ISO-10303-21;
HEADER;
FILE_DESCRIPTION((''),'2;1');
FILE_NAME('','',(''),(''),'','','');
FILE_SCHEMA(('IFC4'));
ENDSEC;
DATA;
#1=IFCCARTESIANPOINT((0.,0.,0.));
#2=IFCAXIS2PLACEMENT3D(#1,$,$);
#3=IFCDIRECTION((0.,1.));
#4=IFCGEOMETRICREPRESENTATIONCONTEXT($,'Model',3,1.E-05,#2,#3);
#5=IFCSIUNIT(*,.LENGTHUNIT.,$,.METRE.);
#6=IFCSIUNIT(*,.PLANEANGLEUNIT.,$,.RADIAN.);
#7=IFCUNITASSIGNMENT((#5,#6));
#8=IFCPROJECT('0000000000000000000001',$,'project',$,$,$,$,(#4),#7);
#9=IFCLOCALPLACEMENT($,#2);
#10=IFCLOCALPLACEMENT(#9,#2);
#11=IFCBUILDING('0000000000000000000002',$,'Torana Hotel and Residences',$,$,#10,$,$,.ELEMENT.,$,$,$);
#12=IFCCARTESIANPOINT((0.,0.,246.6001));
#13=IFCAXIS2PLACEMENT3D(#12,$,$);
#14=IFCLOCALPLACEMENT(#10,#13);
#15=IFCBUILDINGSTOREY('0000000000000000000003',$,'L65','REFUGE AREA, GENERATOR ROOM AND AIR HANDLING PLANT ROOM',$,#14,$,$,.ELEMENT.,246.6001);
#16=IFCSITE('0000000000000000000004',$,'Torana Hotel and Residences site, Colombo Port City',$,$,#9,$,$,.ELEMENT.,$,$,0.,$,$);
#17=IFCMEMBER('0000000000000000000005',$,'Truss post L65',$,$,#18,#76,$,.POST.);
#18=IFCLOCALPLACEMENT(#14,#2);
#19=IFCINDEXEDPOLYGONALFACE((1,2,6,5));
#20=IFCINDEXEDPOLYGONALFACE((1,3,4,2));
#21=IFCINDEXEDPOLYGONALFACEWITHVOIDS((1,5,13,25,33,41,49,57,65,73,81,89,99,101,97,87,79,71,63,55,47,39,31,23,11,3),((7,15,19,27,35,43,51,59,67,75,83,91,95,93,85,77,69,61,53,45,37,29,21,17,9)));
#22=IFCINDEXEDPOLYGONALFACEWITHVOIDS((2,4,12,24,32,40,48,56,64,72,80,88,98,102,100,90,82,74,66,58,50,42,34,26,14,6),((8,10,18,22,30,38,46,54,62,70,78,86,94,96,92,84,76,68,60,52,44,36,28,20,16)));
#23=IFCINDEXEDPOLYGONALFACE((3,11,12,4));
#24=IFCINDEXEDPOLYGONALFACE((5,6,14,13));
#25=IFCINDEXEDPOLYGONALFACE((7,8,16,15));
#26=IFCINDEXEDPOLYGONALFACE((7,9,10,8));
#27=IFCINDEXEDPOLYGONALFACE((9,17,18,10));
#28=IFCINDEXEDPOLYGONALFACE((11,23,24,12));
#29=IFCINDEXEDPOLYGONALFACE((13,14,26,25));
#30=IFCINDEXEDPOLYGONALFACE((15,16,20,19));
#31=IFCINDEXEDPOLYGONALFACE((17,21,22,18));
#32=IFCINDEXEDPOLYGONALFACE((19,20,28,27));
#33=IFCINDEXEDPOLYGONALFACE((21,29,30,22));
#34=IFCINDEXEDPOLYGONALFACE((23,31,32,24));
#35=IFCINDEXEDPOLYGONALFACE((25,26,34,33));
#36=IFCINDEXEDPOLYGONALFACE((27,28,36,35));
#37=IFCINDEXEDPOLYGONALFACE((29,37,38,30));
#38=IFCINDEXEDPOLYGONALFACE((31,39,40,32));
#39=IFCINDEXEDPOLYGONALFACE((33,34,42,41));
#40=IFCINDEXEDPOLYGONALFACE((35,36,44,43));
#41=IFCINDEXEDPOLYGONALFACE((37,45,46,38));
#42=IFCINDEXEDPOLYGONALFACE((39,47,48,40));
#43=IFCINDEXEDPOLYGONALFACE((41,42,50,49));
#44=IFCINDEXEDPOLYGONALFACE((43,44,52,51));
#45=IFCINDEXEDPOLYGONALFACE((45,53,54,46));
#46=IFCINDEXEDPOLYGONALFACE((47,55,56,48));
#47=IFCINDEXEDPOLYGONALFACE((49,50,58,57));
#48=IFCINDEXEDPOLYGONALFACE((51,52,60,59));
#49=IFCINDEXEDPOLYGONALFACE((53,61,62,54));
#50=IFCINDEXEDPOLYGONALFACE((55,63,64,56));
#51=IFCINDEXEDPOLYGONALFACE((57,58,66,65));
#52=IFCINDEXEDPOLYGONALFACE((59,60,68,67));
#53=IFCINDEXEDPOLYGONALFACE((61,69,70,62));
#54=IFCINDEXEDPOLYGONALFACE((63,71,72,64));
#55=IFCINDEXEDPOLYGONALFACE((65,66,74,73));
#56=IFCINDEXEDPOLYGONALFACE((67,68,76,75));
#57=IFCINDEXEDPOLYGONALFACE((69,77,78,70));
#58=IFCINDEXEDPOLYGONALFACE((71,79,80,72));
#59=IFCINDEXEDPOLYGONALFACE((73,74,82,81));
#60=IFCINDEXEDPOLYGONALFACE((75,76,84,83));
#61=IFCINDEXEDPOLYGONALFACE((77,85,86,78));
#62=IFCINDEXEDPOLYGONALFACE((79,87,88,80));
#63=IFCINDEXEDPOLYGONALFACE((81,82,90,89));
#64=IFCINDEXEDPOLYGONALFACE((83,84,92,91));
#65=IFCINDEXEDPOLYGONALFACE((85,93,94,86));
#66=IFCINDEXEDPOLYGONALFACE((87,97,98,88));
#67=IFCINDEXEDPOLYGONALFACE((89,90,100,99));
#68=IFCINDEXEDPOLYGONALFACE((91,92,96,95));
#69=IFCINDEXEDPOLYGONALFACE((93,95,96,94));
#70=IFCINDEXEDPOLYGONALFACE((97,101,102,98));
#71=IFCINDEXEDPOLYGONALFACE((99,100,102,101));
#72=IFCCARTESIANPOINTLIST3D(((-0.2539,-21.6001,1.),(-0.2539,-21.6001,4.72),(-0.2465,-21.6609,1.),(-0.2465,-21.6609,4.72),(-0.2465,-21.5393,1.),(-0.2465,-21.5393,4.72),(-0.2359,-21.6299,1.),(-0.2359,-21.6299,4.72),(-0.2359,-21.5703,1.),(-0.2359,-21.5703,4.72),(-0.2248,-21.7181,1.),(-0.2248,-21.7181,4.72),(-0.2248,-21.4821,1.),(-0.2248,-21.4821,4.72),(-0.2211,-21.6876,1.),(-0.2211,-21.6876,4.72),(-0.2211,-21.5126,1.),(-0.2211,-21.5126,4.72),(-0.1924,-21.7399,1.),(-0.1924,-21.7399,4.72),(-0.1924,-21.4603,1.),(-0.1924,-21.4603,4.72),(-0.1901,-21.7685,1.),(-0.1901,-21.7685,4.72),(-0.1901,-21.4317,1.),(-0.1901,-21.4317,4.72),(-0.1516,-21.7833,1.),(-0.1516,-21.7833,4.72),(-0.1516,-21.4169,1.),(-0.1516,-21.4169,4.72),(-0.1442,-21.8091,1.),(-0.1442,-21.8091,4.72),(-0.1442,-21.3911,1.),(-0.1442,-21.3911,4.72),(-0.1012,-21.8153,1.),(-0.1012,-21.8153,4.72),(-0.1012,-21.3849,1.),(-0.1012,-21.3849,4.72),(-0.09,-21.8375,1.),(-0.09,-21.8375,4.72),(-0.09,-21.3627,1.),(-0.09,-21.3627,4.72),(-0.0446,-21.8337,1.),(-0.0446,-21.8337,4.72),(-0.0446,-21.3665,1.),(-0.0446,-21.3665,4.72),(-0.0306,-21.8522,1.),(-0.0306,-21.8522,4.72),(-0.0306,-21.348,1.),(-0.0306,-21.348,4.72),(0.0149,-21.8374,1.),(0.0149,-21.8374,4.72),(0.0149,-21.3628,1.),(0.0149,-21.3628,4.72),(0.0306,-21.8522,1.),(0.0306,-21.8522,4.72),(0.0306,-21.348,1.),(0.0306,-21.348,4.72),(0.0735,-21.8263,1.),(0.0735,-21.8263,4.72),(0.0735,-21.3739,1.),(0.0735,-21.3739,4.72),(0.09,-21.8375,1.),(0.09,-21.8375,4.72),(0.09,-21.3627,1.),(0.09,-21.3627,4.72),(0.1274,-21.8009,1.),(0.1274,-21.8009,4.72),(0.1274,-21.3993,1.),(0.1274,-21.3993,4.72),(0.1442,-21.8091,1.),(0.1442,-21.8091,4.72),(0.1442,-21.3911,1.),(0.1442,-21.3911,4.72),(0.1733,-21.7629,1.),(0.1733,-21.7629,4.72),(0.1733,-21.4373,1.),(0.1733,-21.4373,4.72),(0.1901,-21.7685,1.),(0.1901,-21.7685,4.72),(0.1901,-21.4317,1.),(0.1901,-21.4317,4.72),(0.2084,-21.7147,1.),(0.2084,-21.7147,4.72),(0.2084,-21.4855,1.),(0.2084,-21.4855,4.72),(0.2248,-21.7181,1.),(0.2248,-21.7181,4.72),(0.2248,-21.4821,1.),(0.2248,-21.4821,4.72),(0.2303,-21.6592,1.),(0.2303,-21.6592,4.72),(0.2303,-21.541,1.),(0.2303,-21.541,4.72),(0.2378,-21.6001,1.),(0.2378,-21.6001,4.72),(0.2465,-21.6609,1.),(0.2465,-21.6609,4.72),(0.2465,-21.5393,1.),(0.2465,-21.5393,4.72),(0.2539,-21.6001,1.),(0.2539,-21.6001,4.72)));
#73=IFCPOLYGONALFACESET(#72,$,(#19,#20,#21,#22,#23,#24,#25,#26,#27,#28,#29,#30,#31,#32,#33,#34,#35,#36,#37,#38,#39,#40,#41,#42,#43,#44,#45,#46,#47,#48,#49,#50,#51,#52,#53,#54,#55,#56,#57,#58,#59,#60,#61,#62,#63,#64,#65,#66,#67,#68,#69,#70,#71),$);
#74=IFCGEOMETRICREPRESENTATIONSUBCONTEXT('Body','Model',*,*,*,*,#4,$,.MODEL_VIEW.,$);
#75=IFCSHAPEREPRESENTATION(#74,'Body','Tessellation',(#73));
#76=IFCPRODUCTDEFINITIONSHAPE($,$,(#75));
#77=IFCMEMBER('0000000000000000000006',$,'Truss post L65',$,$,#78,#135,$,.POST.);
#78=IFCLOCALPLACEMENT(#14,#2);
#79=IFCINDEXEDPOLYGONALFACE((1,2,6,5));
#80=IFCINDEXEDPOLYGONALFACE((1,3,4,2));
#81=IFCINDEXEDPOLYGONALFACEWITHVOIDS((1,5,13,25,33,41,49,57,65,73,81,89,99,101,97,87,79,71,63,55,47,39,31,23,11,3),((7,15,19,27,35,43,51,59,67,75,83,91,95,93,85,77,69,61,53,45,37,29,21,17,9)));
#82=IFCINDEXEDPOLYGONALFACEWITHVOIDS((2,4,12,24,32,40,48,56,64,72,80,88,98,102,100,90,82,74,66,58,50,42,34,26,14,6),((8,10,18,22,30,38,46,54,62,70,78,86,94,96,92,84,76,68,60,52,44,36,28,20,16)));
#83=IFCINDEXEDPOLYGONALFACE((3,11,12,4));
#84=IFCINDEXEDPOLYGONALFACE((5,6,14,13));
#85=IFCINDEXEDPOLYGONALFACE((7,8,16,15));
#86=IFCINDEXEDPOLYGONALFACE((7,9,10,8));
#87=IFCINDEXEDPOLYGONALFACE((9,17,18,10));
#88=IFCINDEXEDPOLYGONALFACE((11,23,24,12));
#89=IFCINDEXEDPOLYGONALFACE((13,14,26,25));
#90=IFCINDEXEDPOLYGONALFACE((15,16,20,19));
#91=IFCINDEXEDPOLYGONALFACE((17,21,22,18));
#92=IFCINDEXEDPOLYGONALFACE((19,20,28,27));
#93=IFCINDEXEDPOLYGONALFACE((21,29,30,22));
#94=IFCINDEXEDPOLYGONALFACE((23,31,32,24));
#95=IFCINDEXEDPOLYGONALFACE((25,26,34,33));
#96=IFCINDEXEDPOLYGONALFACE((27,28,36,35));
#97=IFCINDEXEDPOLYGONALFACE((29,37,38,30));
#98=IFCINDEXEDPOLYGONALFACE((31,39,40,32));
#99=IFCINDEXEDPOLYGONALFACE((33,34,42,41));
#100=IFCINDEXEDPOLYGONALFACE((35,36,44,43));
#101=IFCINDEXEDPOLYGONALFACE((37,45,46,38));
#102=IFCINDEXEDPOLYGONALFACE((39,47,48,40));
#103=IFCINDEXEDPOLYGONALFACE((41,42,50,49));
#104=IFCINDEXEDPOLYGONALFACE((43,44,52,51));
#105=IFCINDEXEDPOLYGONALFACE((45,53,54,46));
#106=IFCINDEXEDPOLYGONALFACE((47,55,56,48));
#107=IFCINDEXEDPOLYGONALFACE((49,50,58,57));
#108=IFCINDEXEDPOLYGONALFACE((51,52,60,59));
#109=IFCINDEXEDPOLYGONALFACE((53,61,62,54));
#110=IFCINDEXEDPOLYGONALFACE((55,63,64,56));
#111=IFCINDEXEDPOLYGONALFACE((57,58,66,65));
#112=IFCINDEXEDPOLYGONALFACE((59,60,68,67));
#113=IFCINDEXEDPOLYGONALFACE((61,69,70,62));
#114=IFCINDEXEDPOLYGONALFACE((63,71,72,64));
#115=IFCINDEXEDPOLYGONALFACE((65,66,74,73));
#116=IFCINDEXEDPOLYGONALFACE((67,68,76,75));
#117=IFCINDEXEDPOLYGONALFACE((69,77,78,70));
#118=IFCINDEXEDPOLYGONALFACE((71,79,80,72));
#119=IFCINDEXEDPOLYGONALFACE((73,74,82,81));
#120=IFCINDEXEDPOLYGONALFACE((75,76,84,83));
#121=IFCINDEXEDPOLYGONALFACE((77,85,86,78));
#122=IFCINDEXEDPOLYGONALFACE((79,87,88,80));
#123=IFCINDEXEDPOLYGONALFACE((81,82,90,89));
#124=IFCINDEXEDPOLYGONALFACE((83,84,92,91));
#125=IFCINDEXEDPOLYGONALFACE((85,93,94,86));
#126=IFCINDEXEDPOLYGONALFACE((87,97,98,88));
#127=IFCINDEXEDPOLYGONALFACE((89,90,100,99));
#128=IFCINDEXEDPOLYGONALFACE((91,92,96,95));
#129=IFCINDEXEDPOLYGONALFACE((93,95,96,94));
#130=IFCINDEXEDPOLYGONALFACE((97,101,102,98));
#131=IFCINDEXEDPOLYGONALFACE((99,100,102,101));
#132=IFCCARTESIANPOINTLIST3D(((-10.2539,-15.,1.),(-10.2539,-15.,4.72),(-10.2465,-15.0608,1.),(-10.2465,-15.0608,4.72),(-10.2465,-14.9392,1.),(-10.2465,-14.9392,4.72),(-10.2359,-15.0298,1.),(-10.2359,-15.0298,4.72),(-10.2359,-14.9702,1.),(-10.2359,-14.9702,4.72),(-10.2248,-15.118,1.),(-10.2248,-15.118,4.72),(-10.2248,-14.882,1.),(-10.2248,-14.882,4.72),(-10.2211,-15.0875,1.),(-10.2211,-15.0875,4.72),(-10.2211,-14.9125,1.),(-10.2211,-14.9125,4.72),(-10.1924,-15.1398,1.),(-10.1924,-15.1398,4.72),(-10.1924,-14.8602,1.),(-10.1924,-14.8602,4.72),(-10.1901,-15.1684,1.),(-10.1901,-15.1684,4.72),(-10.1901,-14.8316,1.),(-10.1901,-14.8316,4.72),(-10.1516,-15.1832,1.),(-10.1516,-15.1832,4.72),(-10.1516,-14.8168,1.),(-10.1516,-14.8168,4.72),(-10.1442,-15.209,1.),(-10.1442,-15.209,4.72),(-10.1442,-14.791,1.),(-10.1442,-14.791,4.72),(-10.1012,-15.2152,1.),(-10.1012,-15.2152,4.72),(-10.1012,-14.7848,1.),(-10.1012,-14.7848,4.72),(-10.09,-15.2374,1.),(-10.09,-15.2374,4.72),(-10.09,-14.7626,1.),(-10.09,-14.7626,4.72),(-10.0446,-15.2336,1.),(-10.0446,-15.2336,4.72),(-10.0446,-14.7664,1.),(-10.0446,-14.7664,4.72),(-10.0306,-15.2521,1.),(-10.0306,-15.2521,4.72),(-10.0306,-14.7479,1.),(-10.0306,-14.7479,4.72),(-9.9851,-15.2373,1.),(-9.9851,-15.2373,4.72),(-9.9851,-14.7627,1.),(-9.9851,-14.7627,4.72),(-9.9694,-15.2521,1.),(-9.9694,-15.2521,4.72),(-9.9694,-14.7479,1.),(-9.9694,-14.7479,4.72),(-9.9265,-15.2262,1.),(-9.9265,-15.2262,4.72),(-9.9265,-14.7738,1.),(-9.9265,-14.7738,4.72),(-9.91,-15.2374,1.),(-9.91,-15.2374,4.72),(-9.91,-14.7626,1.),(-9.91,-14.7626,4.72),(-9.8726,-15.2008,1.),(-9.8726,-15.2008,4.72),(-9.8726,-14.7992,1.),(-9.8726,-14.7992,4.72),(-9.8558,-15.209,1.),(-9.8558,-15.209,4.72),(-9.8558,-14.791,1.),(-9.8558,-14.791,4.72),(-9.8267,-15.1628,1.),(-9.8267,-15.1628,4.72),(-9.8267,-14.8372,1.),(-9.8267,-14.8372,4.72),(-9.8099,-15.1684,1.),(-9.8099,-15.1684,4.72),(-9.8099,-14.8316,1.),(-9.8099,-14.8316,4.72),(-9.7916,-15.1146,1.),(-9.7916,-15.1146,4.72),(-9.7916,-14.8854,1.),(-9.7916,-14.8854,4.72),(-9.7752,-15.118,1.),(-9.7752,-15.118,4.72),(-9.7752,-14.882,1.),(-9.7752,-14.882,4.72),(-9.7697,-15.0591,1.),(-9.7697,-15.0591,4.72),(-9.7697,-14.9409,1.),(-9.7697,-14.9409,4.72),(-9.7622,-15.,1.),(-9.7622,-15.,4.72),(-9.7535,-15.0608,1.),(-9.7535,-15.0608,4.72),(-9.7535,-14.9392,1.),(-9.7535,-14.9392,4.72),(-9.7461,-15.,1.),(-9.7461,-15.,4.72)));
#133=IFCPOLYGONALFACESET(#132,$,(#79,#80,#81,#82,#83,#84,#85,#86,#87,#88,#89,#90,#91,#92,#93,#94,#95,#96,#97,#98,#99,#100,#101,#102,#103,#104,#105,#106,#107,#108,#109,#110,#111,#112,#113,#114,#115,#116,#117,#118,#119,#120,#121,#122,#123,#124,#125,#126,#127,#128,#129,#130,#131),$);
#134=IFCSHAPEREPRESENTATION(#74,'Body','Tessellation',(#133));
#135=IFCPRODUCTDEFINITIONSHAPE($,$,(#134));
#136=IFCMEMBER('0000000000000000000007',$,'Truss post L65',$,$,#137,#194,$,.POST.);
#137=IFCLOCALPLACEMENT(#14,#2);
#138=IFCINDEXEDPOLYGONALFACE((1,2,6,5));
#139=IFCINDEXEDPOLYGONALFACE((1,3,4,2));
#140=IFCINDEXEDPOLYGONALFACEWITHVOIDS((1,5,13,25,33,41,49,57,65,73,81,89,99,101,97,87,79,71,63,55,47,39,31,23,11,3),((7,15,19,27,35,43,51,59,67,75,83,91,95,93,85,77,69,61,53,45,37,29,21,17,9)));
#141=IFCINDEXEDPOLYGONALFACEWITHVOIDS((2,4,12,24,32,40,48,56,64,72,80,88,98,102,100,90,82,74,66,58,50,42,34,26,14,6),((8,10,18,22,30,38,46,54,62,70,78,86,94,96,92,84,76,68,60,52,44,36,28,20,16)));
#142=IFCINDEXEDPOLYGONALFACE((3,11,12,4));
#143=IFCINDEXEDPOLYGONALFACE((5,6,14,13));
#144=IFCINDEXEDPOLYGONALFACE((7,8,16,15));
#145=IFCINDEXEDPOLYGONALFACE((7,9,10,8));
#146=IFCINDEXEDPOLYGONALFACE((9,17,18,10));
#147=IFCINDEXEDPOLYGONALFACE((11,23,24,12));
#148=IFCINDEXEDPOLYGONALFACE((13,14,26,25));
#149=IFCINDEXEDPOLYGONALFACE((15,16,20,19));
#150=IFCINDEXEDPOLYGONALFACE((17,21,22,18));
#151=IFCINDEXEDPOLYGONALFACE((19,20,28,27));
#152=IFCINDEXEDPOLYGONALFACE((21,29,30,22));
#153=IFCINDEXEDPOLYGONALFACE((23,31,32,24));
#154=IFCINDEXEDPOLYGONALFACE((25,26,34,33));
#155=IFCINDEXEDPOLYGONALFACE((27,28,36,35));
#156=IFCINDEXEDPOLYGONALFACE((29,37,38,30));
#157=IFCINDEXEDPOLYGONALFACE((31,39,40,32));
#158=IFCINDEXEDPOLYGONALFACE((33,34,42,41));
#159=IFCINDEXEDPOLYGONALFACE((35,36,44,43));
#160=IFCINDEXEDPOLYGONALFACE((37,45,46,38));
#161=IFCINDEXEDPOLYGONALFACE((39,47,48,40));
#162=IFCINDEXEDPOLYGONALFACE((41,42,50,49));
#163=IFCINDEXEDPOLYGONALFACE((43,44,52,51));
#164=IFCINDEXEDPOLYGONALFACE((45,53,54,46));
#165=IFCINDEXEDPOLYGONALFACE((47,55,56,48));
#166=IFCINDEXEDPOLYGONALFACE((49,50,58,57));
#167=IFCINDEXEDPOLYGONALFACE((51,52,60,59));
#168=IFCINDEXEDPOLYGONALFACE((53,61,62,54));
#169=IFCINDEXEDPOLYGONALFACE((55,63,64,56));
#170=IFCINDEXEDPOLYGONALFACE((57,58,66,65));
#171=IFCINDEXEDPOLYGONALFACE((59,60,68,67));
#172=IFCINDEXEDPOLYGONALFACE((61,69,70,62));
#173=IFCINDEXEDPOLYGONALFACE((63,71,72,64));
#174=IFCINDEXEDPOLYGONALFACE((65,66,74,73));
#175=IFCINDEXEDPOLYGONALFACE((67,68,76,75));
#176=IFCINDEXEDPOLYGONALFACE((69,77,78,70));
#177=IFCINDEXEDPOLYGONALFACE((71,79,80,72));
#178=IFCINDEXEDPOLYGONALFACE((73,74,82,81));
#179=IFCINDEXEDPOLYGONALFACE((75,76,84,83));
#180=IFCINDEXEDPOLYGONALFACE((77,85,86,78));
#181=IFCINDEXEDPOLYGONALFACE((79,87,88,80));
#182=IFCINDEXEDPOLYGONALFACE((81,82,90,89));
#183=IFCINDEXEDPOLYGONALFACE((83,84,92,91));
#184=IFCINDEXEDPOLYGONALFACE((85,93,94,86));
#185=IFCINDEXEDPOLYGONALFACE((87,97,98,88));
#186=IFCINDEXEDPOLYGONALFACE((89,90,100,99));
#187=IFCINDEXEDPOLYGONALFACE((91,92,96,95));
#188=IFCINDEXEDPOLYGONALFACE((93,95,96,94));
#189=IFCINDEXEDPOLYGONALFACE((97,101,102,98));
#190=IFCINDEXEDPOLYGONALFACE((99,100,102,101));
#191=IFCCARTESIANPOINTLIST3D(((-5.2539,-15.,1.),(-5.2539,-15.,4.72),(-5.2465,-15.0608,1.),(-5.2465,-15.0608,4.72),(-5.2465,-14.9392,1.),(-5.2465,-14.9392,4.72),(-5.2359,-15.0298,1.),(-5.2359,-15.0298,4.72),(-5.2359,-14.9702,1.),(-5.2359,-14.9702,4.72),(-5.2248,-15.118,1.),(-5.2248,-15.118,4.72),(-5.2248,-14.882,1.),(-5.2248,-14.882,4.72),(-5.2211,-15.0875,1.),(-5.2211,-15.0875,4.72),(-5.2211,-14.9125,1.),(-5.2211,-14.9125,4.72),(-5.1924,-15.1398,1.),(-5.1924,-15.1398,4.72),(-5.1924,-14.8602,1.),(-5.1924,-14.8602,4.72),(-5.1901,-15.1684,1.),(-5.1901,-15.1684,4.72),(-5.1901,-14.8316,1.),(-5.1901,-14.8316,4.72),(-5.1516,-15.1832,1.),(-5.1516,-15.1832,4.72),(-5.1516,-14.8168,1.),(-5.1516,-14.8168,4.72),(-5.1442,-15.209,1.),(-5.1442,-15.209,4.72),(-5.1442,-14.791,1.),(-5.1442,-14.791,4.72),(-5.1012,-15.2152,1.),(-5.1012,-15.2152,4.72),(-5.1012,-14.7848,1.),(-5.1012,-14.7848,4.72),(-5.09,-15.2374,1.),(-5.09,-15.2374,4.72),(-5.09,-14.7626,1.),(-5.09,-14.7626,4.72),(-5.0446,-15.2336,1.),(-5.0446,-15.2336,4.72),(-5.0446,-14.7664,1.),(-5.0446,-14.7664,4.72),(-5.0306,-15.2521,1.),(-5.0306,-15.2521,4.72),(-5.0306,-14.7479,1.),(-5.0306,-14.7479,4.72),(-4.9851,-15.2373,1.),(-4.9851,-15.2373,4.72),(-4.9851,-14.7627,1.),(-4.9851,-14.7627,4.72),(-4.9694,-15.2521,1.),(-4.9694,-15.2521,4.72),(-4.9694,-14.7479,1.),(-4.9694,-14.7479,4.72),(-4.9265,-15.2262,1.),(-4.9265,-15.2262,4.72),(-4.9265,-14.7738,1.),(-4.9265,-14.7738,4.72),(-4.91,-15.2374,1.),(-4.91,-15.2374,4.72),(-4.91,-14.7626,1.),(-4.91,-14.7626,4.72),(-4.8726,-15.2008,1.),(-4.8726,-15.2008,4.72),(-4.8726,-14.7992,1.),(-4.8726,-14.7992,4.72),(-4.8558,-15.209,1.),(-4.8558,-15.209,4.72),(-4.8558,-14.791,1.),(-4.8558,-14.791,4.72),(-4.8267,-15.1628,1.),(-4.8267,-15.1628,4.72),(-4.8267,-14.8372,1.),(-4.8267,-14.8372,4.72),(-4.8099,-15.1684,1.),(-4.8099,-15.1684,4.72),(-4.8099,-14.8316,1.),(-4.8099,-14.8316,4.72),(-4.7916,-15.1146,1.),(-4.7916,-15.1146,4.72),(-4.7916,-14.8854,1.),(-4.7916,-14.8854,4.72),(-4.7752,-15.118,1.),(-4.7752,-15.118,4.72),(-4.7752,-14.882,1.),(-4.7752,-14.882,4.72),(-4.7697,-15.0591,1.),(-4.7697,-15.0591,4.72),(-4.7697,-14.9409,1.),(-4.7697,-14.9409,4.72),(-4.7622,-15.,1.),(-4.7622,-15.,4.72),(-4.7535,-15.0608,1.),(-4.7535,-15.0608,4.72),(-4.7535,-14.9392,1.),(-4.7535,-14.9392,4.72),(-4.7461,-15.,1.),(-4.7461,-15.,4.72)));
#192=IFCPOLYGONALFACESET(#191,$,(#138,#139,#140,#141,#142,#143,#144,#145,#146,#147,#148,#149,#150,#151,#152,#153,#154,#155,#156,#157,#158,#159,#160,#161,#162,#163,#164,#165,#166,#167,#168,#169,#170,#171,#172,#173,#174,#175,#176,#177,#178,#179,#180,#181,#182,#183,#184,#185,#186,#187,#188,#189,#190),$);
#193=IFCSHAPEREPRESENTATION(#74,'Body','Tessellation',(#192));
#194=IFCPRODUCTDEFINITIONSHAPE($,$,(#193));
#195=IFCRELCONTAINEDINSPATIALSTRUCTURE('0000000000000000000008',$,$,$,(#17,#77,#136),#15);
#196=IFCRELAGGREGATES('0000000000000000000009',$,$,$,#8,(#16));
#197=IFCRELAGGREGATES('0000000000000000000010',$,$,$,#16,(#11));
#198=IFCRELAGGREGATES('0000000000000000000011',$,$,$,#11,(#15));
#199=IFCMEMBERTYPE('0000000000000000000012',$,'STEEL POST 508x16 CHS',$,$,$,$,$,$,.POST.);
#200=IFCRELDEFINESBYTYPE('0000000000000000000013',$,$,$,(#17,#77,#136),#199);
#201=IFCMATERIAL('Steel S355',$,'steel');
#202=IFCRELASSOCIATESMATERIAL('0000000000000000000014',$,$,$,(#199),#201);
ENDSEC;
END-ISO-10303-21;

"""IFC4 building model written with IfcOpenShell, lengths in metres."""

from ifc_helpers import new_model, si_unit, direction, frame, origin, origin_2d, place, context, subcontext, project, spatial, hollow_circle, extrude, material, material_profile, profile_set, type_object, element, save


model = new_model("IFC4")

# Units and contexts
model_context = context("Model", 3, precision=1e-05, world=origin(), true_north=direction((0.0, 1.0)))
body_context = subcontext(model_context, "Body", "Model", "MODEL_VIEW")
ifc_project = project(units=[si_unit("LENGTHUNIT", "METRE"), si_unit("PLANEANGLEUNIT", "RADIAN")], contexts=[model_context])

# Site, building, storey
site_placement = place(None, origin())
site = spatial("IfcSite", under=ifc_project, at=site_placement, Name="Torana Hotel and Residences site, Colombo Port City", CompositionType="ELEMENT", RefElevation=0.0)
building_placement = place(site_placement, origin())
building = spatial("IfcBuilding", under=site, at=building_placement, Name="Torana Hotel and Residences", CompositionType="ELEMENT")
storey_placement = place(building_placement, frame((0.0, 0.0, 246.6001)))
storey = spatial("IfcBuildingStorey", under=building, at=storey_placement, Name="L65", Description="REFUGE AREA, GENERATOR ROOM AND AIR HANDLING PLANT ROOM", CompositionType="ELEMENT", Elevation=246.6001)

# Members
ifc_material_1 = material(Name="Steel S355", Category="steel")
ifc_material_profile_1 = material_profile(ifc_material_1, hollow_circle(Radius=0.2539, WallThickness=0.0161, at=origin_2d()), Name="508x16 CHS")
ifc_profile_set_1 = profile_set([ifc_material_profile_1], Name="Steel S355")
member_type_1 = type_object("IfcMemberType", Name="STEEL POST 508x16 CHS", PredefinedType="POST", material=ifc_profile_set_1)
for number, where, z_axis, x_axis, name in (
    (1, (0.0, -21.6001, 1.0), (0.0, 0.0, 1.0), (1.0, 0.0, 0.0), "Truss post L65"),
    (2, (-10.0, -15.0, 1.0), (0.0, 0.0, 1.0), (1.0, 0.0, 0.0), "Truss post L65"),
    (3, (-5.0, -15.0, 1.0), (0.0, 0.0, 1.0), (1.0, 0.0, 0.0), "Truss post L65"),
):
    element("IfcMember", number, at=place(storey_placement, frame(where, z_axis=z_axis, x_axis=x_axis)), inside=storey, type_object=member_type_1, Name=name, PredefinedType="POST", context=body_context, shape_type="SweptSolid", body=[
        extrude(hollow_circle(Radius=0.2539, WallThickness=0.0161, at=origin_2d()), origin(), (0.0, 0.0, 1.0), 3.72),
    ])

save(model, "model.ifc")
